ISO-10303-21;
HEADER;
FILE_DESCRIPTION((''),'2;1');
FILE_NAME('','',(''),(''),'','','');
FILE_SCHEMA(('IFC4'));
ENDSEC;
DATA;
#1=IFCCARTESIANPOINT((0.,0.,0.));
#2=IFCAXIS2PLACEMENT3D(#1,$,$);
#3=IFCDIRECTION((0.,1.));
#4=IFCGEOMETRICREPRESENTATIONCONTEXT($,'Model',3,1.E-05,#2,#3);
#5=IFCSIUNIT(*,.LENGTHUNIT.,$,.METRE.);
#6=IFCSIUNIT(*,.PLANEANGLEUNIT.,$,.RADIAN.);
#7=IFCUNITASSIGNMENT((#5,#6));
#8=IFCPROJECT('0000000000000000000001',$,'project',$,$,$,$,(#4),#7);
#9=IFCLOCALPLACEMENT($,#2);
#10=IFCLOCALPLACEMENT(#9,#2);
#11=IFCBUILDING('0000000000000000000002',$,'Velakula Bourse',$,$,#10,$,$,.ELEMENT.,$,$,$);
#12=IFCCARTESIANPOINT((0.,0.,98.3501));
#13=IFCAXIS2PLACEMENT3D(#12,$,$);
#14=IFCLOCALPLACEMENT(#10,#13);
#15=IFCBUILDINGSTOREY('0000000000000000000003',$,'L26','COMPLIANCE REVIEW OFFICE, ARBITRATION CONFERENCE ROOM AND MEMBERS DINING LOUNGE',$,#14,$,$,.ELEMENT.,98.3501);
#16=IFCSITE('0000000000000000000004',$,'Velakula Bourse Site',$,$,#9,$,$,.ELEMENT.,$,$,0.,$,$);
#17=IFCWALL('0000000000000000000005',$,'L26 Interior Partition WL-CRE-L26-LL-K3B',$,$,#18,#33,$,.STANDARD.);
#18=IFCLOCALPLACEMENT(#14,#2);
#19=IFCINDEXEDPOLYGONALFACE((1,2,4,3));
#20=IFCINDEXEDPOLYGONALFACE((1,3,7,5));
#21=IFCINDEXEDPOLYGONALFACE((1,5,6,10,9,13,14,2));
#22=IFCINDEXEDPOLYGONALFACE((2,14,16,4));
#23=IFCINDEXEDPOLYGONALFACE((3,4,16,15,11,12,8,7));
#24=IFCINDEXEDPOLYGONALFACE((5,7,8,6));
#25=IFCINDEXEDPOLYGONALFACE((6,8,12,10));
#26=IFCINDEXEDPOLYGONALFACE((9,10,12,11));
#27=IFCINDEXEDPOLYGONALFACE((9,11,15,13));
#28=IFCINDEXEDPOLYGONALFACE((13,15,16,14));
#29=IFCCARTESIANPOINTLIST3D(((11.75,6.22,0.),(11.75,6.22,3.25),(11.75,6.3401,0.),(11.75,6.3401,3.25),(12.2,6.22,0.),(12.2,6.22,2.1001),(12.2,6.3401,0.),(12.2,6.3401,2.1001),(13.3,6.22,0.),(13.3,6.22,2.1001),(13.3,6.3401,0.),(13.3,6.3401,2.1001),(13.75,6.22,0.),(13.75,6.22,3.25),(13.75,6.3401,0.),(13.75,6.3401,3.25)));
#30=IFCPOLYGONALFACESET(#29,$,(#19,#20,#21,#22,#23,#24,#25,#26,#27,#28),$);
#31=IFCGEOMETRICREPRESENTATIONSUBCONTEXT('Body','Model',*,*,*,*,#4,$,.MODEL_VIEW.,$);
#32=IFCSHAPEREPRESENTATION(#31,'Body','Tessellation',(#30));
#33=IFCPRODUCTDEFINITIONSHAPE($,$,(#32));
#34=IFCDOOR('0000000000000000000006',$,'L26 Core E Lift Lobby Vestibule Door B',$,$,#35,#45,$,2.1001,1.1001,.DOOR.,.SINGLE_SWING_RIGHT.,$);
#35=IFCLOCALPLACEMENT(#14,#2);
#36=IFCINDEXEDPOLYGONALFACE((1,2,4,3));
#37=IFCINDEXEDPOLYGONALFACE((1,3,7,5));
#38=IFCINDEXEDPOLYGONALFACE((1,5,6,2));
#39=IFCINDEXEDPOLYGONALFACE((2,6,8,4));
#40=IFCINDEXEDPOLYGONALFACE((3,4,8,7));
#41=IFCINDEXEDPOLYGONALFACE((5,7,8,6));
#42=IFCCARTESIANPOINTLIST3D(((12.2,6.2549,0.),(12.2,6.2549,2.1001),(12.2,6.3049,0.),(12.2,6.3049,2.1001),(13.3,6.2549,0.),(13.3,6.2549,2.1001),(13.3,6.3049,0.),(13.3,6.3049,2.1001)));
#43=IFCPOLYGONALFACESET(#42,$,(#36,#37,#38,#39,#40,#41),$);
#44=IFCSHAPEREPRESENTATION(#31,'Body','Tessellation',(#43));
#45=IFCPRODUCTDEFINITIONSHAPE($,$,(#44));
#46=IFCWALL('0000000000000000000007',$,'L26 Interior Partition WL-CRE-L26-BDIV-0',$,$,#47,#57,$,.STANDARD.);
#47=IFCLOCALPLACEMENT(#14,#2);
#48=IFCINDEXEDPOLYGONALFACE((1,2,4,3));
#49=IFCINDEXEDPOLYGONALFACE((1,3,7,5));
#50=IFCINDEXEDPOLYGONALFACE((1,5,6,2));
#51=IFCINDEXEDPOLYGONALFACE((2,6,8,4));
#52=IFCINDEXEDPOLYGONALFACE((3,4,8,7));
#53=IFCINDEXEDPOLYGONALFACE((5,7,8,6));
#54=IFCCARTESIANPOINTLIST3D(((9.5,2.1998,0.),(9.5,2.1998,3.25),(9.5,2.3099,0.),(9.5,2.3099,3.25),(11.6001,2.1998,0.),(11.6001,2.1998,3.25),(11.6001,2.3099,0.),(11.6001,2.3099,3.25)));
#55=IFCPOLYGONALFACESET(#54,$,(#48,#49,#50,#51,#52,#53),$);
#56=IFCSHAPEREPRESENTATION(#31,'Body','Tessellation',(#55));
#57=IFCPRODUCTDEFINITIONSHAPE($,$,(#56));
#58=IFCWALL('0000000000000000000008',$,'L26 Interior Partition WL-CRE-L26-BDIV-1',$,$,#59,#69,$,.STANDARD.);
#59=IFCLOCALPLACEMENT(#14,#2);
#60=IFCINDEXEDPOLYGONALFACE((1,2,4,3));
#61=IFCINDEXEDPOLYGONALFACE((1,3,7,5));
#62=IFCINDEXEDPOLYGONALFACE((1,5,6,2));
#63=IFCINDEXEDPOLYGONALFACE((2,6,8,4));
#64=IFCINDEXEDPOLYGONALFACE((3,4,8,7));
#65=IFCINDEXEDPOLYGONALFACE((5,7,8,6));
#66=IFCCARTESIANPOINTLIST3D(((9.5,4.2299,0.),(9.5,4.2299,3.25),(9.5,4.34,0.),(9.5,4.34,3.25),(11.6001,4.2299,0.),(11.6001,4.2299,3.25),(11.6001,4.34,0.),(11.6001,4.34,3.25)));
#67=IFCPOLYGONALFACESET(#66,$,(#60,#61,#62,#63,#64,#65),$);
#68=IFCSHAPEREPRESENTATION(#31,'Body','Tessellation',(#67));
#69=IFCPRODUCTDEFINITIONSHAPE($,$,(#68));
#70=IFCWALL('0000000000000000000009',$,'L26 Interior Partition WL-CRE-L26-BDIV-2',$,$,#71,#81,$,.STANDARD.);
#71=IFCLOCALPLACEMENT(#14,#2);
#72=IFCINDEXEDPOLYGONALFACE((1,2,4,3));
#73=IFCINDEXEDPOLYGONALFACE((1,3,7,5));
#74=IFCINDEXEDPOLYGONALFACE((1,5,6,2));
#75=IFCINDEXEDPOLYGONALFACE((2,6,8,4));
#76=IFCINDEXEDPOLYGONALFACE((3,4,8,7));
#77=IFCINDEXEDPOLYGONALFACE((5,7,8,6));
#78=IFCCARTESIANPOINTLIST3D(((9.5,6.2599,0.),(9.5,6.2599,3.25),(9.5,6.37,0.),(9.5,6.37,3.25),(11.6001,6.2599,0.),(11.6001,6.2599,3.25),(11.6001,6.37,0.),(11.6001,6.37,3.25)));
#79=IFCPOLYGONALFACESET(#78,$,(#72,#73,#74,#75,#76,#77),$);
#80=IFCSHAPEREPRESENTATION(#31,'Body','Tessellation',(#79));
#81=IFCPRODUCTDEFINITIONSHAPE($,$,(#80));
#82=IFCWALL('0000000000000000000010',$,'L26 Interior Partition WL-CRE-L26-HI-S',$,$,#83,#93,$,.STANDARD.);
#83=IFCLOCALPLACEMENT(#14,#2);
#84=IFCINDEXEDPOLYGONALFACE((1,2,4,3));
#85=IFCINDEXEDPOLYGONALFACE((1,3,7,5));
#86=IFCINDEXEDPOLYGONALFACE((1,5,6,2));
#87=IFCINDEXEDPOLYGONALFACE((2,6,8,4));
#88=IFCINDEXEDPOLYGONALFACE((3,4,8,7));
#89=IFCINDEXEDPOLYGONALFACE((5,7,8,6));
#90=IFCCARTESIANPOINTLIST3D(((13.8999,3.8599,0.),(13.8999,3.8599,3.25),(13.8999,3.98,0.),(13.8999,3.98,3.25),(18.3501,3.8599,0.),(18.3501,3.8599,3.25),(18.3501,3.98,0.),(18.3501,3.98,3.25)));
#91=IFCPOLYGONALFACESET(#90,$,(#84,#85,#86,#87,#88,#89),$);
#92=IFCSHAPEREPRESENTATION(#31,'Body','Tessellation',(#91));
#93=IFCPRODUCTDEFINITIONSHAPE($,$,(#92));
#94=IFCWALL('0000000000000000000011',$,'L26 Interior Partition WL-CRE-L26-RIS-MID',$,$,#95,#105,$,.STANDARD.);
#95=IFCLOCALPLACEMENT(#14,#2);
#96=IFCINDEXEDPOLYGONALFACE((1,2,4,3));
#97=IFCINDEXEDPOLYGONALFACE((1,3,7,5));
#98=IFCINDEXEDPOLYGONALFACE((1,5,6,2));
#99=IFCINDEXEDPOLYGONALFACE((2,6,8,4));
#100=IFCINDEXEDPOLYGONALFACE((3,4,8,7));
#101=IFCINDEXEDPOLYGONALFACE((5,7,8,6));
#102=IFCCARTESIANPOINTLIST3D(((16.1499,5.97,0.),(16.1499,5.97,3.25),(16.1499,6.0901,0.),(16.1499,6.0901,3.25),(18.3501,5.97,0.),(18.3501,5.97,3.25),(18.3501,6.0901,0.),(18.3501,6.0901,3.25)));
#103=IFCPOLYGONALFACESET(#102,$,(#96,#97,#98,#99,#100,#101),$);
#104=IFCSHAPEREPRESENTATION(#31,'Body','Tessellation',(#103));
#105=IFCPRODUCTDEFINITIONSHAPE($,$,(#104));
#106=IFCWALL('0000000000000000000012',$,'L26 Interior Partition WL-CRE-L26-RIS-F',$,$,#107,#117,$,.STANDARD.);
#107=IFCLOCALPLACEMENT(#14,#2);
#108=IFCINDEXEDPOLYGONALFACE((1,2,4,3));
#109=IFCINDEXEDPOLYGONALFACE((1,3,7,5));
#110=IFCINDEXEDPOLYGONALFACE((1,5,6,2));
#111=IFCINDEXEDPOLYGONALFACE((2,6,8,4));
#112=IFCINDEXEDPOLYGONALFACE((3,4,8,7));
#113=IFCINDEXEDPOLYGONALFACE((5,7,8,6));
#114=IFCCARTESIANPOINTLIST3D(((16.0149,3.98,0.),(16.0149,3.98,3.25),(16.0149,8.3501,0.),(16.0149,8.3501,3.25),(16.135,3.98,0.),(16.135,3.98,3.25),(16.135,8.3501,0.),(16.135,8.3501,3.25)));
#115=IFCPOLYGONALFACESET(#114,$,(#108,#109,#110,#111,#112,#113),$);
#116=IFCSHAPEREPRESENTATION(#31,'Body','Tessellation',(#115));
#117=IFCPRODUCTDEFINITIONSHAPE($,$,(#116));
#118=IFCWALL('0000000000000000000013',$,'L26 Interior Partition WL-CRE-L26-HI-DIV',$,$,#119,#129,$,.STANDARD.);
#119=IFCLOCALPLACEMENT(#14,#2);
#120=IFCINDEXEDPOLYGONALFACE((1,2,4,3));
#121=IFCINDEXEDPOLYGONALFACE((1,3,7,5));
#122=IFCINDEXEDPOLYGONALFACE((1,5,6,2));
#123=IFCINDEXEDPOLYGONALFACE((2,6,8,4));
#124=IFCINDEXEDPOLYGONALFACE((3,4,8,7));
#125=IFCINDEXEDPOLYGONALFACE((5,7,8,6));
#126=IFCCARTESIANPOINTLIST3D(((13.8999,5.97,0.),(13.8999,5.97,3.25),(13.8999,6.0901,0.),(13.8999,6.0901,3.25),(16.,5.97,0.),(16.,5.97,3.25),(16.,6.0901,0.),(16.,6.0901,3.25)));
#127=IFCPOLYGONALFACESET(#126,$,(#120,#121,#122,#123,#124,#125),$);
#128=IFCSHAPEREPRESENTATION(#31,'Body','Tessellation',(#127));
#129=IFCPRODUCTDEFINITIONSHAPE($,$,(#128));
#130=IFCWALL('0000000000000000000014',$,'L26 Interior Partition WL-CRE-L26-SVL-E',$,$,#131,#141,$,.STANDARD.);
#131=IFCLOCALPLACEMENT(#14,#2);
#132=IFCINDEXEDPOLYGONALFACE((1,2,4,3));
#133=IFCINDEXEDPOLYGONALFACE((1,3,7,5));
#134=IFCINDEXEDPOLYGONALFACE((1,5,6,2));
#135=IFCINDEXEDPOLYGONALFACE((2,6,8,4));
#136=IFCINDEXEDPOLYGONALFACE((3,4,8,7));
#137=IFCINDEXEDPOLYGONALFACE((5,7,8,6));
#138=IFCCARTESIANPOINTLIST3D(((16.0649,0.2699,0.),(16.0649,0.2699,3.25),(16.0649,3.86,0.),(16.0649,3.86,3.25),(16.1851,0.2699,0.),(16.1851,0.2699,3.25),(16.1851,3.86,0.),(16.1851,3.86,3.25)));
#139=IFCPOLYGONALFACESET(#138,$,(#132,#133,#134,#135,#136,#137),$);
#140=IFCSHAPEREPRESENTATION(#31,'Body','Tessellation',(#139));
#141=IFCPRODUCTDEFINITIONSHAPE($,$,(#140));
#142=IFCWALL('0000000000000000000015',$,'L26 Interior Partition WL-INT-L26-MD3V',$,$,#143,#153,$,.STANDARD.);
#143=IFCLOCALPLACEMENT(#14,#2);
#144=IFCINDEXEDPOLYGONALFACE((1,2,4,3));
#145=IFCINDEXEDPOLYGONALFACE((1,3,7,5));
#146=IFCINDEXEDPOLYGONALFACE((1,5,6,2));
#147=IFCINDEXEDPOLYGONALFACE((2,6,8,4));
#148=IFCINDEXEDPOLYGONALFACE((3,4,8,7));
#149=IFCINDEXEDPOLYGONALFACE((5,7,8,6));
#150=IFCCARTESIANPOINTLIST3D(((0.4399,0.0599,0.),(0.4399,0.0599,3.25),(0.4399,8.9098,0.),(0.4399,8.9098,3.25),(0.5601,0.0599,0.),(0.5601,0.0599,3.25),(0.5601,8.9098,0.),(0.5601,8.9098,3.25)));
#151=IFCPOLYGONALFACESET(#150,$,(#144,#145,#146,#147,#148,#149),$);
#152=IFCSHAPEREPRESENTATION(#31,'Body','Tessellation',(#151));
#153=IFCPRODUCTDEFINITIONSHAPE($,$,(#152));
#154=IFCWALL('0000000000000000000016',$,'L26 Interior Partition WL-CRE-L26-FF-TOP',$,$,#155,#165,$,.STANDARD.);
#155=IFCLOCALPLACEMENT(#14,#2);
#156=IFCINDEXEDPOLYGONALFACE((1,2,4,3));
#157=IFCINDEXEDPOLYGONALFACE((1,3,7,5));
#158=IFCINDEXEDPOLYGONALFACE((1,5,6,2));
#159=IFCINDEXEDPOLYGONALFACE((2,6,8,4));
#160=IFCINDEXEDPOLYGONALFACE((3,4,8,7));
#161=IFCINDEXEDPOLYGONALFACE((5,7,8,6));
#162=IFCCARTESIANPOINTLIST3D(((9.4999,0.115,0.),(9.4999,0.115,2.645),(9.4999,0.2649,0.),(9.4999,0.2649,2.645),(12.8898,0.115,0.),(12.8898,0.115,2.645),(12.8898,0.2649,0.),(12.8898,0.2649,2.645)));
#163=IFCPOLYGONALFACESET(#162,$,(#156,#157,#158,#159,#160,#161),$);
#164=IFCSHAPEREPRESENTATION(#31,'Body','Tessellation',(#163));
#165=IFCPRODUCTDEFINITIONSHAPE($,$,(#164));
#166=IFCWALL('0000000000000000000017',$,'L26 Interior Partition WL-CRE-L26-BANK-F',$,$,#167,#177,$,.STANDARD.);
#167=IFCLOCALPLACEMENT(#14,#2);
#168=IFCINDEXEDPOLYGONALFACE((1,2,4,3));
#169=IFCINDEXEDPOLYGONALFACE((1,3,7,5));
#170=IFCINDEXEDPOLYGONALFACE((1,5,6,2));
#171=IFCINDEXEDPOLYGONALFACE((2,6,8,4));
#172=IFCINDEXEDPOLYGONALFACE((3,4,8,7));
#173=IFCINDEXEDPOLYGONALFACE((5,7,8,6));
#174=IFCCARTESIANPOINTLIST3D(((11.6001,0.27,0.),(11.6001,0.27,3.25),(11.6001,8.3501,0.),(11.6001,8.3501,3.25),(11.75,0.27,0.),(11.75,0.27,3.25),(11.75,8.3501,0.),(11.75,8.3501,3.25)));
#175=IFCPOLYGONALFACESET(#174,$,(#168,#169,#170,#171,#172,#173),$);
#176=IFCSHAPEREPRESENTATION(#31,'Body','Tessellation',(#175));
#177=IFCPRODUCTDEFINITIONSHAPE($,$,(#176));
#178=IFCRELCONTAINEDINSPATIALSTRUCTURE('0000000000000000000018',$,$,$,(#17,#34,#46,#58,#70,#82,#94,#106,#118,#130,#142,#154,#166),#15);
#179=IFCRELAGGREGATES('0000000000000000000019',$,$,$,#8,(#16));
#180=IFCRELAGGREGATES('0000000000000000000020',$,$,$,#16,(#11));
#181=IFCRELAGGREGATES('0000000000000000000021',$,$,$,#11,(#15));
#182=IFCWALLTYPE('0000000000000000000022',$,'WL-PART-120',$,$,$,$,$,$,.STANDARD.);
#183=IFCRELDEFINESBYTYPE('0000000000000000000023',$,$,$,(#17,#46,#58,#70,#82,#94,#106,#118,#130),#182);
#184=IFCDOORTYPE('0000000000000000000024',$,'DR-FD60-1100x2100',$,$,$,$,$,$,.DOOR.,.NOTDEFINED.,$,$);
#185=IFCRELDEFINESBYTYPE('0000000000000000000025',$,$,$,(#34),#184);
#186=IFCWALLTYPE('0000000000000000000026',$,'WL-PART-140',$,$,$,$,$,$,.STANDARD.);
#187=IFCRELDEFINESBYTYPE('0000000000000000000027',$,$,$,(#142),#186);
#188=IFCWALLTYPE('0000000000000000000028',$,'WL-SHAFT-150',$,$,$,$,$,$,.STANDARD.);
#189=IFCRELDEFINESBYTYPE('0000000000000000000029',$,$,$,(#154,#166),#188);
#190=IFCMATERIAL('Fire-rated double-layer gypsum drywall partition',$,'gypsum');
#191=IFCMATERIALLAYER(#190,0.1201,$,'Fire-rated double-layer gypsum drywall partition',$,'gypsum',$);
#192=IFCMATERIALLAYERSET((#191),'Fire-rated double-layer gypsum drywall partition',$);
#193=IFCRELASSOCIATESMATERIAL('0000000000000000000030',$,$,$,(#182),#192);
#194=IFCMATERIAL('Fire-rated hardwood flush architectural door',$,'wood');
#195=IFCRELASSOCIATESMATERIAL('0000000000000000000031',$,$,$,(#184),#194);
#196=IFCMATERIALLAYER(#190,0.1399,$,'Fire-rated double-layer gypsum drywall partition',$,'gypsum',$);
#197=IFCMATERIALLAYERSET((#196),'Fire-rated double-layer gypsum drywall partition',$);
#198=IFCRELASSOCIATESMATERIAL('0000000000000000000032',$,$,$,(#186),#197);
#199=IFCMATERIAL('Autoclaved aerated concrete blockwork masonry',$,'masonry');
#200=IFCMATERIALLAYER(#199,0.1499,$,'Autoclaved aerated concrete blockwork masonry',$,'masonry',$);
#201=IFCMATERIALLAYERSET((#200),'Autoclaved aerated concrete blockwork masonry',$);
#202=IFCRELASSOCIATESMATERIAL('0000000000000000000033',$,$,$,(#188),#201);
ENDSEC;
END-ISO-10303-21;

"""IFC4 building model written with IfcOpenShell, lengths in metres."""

from ifc_helpers import new_model, si_unit, direction, frame, frame_2d, origin, place, context, subcontext, project, spatial, rectangle, extrude, material, layer, layer_set, type_object, element, fill, save


model = new_model("IFC4")

# Units and contexts
model_context = context("Model", 3, precision=1e-05, world=origin(), true_north=direction((0.0, 1.0)))
body_context = subcontext(model_context, "Body", "Model", "MODEL_VIEW")
ifc_project = project(units=[si_unit("LENGTHUNIT", "METRE"), si_unit("PLANEANGLEUNIT", "RADIAN")], contexts=[model_context])

# Site, building, storey
site_placement = place(None, origin())
site = spatial("IfcSite", under=ifc_project, at=site_placement, Name="Velakula Bourse Site", CompositionType="ELEMENT", RefElevation=0.0)
building_placement = place(site_placement, origin())
building = spatial("IfcBuilding", under=site, at=building_placement, Name="Velakula Bourse", CompositionType="ELEMENT")
storey_placement = place(building_placement, frame((0.0, 0.0, 98.3501)))
storey = spatial("IfcBuildingStorey", under=building, at=storey_placement, Name="L26", Description="COMPLIANCE REVIEW OFFICE, ARBITRATION CONFERENCE ROOM AND MEMBERS DINING LOUNGE", CompositionType="ELEMENT", Elevation=98.3501)

# Wall, opening, door
ifc_material_1 = material(Name="Fire-rated double-layer gypsum drywall partition", Category="gypsum")
ifc_layer_1 = layer(ifc_material_1, 0.1201, Name="Fire-rated double-layer gypsum drywall partition", Category="gypsum")
ifc_layer_set_1 = layer_set([ifc_layer_1], Name="Fire-rated double-layer gypsum drywall partition")
wall_type_1 = type_object("IfcWallType", Name="WL-PART-120", PredefinedType="STANDARD", material=ifc_layer_set_1)
ifc_material_2 = material(Name="Fire-rated hardwood flush architectural door", Category="wood")
door_type_1 = type_object("IfcDoorType", Name="DR-FD60-1100x2100", OperationType="NOTDEFINED", PredefinedType="DOOR", material=ifc_material_2)
wall_1_placement = place(storey_placement, frame((11.75, 6.28, 0.0), z_axis=(0.0, 0.0, 1.0), x_axis=(1.0, 0.0, 0.0)))
wall_1 = element("IfcWall", 1, at=wall_1_placement, inside=storey, type_object=wall_type_1, Name="L26 Interior Partition WL-CRE-L26-LL-K3B", PredefinedType="STANDARD", context=body_context, shape_type="SweptSolid", body=[
    extrude(rectangle(XDim=2.0, YDim=0.1201, at=frame_2d((1.0, 0.0))), origin(), (0.0, 0.0, 1.0), 3.25),
])
opening_1_placement = place(wall_1_placement, frame((0.45, 0.0, 0.0)))
opening_1 = element("IfcOpeningElement", 2, at=opening_1_placement, cuts=wall_1, PredefinedType="OPENING", context=body_context, shape_type="SweptSolid", body=[
    extrude(rectangle(XDim=1.1001, YDim=2.1001, at=frame_2d((0.55, 1.05))), frame((0.0, 0.0701, 0.0), z_axis=(0.0, -1.0, 0.0), x_axis=(1.0, 0.0, 0.0)), (0.0, 0.0, 1.0), 0.1401),
])
door_1_placement = place(opening_1_placement, origin())
door_1 = element("IfcDoor", 3, at=door_1_placement, inside=storey, type_object=door_type_1, Name="L26 Core E Lift Lobby Vestibule Door B", OperationType="SINGLE_SWING_RIGHT", OverallHeight=2.1001, OverallWidth=1.1001, PredefinedType="DOOR", context=body_context, shape_type="SweptSolid", body=[
    extrude(rectangle(XDim=1.1001, YDim=2.1001, at=frame_2d((0.55, 1.05))), frame((0.0, 0.0249, 0.0), z_axis=(0.0, -1.0, 0.0), x_axis=(1.0, 0.0, 0.0)), (0.0, 0.0, 1.0), 0.05),
])
fill(opening_1, door_1)

# Walls
for number, where, z_axis, x_axis, name in (
    (4, (9.5, 2.2549, 0.0), (0.0, 0.0, 1.0), (1.0, 0.0, 0.0), "L26 Interior Partition WL-CRE-L26-BDIV-0"),
    (5, (9.5, 4.2849, 0.0), (0.0, 0.0, 1.0), (1.0, 0.0, 0.0), "L26 Interior Partition WL-CRE-L26-BDIV-1"),
    (6, (9.5, 6.3149, 0.0), (0.0, 0.0, 1.0), (1.0, 0.0, 0.0), "L26 Interior Partition WL-CRE-L26-BDIV-2"),
):
    element("IfcWall", number, at=place(storey_placement, frame(where, z_axis=z_axis, x_axis=x_axis)), inside=storey, type_object=wall_type_1, Name=name, PredefinedType="STANDARD", context=body_context, shape_type="SweptSolid", body=[
        extrude(rectangle(XDim=2.1001, YDim=0.1101, at=frame_2d((1.05, 0.0))), origin(), (0.0, 0.0, 1.0), 3.25),
    ])
wall_2_placement = place(storey_placement, frame((13.8999, 3.9199, 0.0), z_axis=(0.0, 0.0, 1.0), x_axis=(1.0, 0.0, 0.0)))
element("IfcWall", 7, at=wall_2_placement, inside=storey, type_object=wall_type_1, Name="L26 Interior Partition WL-CRE-L26-HI-S", PredefinedType="STANDARD", context=body_context, shape_type="SweptSolid", body=[
    extrude(rectangle(XDim=4.4502, YDim=0.1201, at=frame_2d((2.2251, 0.0))), origin(), (0.0, 0.0, 1.0), 3.25),
])
wall_3_placement = place(storey_placement, frame((16.1499, 6.03, 0.0), z_axis=(0.0, 0.0, 1.0), x_axis=(1.0, 0.0, 0.0)))
element("IfcWall", 8, at=wall_3_placement, inside=storey, type_object=wall_type_1, Name="L26 Interior Partition WL-CRE-L26-RIS-MID", PredefinedType="STANDARD", context=body_context, shape_type="SweptSolid", body=[
    extrude(rectangle(XDim=2.2002, YDim=0.1201, at=frame_2d((1.1001, 0.0))), origin(), (0.0, 0.0, 1.0), 3.25),
])
wall_4_placement = place(storey_placement, frame((16.075, 3.98, 0.0), z_axis=(0.0, 0.0, 1.0), x_axis=(0.0, 1.0, 0.0)))
element("IfcWall", 9, at=wall_4_placement, inside=storey, type_object=wall_type_1, Name="L26 Interior Partition WL-CRE-L26-RIS-F", PredefinedType="STANDARD", context=body_context, shape_type="SweptSolid", body=[
    extrude(rectangle(XDim=4.3701, YDim=0.1201, at=frame_2d((2.1851, 0.0))), origin(), (0.0, 0.0, 1.0), 3.25),
])
wall_5_placement = place(storey_placement, frame((13.8999, 6.03, 0.0), z_axis=(0.0, 0.0, 1.0), x_axis=(1.0, 0.0, 0.0)))
element("IfcWall", 10, at=wall_5_placement, inside=storey, type_object=wall_type_1, Name="L26 Interior Partition WL-CRE-L26-HI-DIV", PredefinedType="STANDARD", context=body_context, shape_type="SweptSolid", body=[
    extrude(rectangle(XDim=2.1001, YDim=0.1201, at=frame_2d((1.05, 0.0))), origin(), (0.0, 0.0, 1.0), 3.25),
])
wall_6_placement = place(storey_placement, frame((16.125, 0.27, 0.0), z_axis=(0.0, 0.0, 1.0), x_axis=(0.0, 1.0, 0.0)))
element("IfcWall", 11, at=wall_6_placement, inside=storey, type_object=wall_type_1, Name="L26 Interior Partition WL-CRE-L26-SVL-E", PredefinedType="STANDARD", context=body_context, shape_type="SweptSolid", body=[
    extrude(rectangle(XDim=3.5901, YDim=0.1201, at=frame_2d((1.7949, 0.0))), origin(), (0.0, 0.0, 1.0), 3.25),
])
ifc_layer_2 = layer(ifc_material_1, 0.1399, Name="Fire-rated double-layer gypsum drywall partition", Category="gypsum")
ifc_layer_set_2 = layer_set([ifc_layer_2], Name="Fire-rated double-layer gypsum drywall partition")
wall_type_2 = type_object("IfcWallType", Name="WL-PART-140", PredefinedType="STANDARD", material=ifc_layer_set_2)
wall_7_placement = place(storey_placement, frame((0.5, 0.0601, 0.0), z_axis=(0.0, 0.0, 1.0), x_axis=(0.0, 1.0, 0.0)))
element("IfcWall", 12, at=wall_7_placement, inside=storey, type_object=wall_type_2, Name="L26 Interior Partition WL-INT-L26-MD3V", PredefinedType="STANDARD", context=body_context, shape_type="SweptSolid", body=[
    extrude(rectangle(XDim=8.8499, YDim=0.1201, at=frame_2d((4.4248, 0.0))), origin(), (0.0, 0.0, 1.0), 3.25),
])
ifc_material_3 = material(Name="Autoclaved aerated concrete blockwork masonry", Category="masonry")
ifc_layer_3 = layer(ifc_material_3, 0.1499, Name="Autoclaved aerated concrete blockwork masonry", Category="masonry")
ifc_layer_set_3 = layer_set([ifc_layer_3], Name="Autoclaved aerated concrete blockwork masonry")
wall_type_3 = type_object("IfcWallType", Name="WL-SHAFT-150", PredefinedType="STANDARD", material=ifc_layer_set_3)
wall_8_placement = place(storey_placement, frame((9.5, 0.1899, 0.0), z_axis=(0.0, 0.0, 1.0), x_axis=(1.0, 0.0, 0.0)))
element("IfcWall", 13, at=wall_8_placement, inside=storey, type_object=wall_type_3, Name="L26 Interior Partition WL-CRE-L26-FF-TOP", PredefinedType="STANDARD", context=body_context, shape_type="SweptSolid", body=[
    extrude(rectangle(XDim=3.3899, YDim=0.1499, at=frame_2d((1.6948, 0.0))), origin(), (0.0, 0.0, 1.0), 2.645),
])
wall_9_placement = place(storey_placement, frame((11.675, 0.27, 0.0), z_axis=(0.0, 0.0, 1.0), x_axis=(0.0, 1.0, 0.0)))
element("IfcWall", 14, at=wall_9_placement, inside=storey, type_object=wall_type_3, Name="L26 Interior Partition WL-CRE-L26-BANK-F", PredefinedType="STANDARD", context=body_context, shape_type="SweptSolid", body=[
    extrude(rectangle(XDim=8.0801, YDim=0.1499, at=frame_2d((4.04, 0.0))), origin(), (0.0, 0.0, 1.0), 3.25),
])

save(model, "model.ifc")
